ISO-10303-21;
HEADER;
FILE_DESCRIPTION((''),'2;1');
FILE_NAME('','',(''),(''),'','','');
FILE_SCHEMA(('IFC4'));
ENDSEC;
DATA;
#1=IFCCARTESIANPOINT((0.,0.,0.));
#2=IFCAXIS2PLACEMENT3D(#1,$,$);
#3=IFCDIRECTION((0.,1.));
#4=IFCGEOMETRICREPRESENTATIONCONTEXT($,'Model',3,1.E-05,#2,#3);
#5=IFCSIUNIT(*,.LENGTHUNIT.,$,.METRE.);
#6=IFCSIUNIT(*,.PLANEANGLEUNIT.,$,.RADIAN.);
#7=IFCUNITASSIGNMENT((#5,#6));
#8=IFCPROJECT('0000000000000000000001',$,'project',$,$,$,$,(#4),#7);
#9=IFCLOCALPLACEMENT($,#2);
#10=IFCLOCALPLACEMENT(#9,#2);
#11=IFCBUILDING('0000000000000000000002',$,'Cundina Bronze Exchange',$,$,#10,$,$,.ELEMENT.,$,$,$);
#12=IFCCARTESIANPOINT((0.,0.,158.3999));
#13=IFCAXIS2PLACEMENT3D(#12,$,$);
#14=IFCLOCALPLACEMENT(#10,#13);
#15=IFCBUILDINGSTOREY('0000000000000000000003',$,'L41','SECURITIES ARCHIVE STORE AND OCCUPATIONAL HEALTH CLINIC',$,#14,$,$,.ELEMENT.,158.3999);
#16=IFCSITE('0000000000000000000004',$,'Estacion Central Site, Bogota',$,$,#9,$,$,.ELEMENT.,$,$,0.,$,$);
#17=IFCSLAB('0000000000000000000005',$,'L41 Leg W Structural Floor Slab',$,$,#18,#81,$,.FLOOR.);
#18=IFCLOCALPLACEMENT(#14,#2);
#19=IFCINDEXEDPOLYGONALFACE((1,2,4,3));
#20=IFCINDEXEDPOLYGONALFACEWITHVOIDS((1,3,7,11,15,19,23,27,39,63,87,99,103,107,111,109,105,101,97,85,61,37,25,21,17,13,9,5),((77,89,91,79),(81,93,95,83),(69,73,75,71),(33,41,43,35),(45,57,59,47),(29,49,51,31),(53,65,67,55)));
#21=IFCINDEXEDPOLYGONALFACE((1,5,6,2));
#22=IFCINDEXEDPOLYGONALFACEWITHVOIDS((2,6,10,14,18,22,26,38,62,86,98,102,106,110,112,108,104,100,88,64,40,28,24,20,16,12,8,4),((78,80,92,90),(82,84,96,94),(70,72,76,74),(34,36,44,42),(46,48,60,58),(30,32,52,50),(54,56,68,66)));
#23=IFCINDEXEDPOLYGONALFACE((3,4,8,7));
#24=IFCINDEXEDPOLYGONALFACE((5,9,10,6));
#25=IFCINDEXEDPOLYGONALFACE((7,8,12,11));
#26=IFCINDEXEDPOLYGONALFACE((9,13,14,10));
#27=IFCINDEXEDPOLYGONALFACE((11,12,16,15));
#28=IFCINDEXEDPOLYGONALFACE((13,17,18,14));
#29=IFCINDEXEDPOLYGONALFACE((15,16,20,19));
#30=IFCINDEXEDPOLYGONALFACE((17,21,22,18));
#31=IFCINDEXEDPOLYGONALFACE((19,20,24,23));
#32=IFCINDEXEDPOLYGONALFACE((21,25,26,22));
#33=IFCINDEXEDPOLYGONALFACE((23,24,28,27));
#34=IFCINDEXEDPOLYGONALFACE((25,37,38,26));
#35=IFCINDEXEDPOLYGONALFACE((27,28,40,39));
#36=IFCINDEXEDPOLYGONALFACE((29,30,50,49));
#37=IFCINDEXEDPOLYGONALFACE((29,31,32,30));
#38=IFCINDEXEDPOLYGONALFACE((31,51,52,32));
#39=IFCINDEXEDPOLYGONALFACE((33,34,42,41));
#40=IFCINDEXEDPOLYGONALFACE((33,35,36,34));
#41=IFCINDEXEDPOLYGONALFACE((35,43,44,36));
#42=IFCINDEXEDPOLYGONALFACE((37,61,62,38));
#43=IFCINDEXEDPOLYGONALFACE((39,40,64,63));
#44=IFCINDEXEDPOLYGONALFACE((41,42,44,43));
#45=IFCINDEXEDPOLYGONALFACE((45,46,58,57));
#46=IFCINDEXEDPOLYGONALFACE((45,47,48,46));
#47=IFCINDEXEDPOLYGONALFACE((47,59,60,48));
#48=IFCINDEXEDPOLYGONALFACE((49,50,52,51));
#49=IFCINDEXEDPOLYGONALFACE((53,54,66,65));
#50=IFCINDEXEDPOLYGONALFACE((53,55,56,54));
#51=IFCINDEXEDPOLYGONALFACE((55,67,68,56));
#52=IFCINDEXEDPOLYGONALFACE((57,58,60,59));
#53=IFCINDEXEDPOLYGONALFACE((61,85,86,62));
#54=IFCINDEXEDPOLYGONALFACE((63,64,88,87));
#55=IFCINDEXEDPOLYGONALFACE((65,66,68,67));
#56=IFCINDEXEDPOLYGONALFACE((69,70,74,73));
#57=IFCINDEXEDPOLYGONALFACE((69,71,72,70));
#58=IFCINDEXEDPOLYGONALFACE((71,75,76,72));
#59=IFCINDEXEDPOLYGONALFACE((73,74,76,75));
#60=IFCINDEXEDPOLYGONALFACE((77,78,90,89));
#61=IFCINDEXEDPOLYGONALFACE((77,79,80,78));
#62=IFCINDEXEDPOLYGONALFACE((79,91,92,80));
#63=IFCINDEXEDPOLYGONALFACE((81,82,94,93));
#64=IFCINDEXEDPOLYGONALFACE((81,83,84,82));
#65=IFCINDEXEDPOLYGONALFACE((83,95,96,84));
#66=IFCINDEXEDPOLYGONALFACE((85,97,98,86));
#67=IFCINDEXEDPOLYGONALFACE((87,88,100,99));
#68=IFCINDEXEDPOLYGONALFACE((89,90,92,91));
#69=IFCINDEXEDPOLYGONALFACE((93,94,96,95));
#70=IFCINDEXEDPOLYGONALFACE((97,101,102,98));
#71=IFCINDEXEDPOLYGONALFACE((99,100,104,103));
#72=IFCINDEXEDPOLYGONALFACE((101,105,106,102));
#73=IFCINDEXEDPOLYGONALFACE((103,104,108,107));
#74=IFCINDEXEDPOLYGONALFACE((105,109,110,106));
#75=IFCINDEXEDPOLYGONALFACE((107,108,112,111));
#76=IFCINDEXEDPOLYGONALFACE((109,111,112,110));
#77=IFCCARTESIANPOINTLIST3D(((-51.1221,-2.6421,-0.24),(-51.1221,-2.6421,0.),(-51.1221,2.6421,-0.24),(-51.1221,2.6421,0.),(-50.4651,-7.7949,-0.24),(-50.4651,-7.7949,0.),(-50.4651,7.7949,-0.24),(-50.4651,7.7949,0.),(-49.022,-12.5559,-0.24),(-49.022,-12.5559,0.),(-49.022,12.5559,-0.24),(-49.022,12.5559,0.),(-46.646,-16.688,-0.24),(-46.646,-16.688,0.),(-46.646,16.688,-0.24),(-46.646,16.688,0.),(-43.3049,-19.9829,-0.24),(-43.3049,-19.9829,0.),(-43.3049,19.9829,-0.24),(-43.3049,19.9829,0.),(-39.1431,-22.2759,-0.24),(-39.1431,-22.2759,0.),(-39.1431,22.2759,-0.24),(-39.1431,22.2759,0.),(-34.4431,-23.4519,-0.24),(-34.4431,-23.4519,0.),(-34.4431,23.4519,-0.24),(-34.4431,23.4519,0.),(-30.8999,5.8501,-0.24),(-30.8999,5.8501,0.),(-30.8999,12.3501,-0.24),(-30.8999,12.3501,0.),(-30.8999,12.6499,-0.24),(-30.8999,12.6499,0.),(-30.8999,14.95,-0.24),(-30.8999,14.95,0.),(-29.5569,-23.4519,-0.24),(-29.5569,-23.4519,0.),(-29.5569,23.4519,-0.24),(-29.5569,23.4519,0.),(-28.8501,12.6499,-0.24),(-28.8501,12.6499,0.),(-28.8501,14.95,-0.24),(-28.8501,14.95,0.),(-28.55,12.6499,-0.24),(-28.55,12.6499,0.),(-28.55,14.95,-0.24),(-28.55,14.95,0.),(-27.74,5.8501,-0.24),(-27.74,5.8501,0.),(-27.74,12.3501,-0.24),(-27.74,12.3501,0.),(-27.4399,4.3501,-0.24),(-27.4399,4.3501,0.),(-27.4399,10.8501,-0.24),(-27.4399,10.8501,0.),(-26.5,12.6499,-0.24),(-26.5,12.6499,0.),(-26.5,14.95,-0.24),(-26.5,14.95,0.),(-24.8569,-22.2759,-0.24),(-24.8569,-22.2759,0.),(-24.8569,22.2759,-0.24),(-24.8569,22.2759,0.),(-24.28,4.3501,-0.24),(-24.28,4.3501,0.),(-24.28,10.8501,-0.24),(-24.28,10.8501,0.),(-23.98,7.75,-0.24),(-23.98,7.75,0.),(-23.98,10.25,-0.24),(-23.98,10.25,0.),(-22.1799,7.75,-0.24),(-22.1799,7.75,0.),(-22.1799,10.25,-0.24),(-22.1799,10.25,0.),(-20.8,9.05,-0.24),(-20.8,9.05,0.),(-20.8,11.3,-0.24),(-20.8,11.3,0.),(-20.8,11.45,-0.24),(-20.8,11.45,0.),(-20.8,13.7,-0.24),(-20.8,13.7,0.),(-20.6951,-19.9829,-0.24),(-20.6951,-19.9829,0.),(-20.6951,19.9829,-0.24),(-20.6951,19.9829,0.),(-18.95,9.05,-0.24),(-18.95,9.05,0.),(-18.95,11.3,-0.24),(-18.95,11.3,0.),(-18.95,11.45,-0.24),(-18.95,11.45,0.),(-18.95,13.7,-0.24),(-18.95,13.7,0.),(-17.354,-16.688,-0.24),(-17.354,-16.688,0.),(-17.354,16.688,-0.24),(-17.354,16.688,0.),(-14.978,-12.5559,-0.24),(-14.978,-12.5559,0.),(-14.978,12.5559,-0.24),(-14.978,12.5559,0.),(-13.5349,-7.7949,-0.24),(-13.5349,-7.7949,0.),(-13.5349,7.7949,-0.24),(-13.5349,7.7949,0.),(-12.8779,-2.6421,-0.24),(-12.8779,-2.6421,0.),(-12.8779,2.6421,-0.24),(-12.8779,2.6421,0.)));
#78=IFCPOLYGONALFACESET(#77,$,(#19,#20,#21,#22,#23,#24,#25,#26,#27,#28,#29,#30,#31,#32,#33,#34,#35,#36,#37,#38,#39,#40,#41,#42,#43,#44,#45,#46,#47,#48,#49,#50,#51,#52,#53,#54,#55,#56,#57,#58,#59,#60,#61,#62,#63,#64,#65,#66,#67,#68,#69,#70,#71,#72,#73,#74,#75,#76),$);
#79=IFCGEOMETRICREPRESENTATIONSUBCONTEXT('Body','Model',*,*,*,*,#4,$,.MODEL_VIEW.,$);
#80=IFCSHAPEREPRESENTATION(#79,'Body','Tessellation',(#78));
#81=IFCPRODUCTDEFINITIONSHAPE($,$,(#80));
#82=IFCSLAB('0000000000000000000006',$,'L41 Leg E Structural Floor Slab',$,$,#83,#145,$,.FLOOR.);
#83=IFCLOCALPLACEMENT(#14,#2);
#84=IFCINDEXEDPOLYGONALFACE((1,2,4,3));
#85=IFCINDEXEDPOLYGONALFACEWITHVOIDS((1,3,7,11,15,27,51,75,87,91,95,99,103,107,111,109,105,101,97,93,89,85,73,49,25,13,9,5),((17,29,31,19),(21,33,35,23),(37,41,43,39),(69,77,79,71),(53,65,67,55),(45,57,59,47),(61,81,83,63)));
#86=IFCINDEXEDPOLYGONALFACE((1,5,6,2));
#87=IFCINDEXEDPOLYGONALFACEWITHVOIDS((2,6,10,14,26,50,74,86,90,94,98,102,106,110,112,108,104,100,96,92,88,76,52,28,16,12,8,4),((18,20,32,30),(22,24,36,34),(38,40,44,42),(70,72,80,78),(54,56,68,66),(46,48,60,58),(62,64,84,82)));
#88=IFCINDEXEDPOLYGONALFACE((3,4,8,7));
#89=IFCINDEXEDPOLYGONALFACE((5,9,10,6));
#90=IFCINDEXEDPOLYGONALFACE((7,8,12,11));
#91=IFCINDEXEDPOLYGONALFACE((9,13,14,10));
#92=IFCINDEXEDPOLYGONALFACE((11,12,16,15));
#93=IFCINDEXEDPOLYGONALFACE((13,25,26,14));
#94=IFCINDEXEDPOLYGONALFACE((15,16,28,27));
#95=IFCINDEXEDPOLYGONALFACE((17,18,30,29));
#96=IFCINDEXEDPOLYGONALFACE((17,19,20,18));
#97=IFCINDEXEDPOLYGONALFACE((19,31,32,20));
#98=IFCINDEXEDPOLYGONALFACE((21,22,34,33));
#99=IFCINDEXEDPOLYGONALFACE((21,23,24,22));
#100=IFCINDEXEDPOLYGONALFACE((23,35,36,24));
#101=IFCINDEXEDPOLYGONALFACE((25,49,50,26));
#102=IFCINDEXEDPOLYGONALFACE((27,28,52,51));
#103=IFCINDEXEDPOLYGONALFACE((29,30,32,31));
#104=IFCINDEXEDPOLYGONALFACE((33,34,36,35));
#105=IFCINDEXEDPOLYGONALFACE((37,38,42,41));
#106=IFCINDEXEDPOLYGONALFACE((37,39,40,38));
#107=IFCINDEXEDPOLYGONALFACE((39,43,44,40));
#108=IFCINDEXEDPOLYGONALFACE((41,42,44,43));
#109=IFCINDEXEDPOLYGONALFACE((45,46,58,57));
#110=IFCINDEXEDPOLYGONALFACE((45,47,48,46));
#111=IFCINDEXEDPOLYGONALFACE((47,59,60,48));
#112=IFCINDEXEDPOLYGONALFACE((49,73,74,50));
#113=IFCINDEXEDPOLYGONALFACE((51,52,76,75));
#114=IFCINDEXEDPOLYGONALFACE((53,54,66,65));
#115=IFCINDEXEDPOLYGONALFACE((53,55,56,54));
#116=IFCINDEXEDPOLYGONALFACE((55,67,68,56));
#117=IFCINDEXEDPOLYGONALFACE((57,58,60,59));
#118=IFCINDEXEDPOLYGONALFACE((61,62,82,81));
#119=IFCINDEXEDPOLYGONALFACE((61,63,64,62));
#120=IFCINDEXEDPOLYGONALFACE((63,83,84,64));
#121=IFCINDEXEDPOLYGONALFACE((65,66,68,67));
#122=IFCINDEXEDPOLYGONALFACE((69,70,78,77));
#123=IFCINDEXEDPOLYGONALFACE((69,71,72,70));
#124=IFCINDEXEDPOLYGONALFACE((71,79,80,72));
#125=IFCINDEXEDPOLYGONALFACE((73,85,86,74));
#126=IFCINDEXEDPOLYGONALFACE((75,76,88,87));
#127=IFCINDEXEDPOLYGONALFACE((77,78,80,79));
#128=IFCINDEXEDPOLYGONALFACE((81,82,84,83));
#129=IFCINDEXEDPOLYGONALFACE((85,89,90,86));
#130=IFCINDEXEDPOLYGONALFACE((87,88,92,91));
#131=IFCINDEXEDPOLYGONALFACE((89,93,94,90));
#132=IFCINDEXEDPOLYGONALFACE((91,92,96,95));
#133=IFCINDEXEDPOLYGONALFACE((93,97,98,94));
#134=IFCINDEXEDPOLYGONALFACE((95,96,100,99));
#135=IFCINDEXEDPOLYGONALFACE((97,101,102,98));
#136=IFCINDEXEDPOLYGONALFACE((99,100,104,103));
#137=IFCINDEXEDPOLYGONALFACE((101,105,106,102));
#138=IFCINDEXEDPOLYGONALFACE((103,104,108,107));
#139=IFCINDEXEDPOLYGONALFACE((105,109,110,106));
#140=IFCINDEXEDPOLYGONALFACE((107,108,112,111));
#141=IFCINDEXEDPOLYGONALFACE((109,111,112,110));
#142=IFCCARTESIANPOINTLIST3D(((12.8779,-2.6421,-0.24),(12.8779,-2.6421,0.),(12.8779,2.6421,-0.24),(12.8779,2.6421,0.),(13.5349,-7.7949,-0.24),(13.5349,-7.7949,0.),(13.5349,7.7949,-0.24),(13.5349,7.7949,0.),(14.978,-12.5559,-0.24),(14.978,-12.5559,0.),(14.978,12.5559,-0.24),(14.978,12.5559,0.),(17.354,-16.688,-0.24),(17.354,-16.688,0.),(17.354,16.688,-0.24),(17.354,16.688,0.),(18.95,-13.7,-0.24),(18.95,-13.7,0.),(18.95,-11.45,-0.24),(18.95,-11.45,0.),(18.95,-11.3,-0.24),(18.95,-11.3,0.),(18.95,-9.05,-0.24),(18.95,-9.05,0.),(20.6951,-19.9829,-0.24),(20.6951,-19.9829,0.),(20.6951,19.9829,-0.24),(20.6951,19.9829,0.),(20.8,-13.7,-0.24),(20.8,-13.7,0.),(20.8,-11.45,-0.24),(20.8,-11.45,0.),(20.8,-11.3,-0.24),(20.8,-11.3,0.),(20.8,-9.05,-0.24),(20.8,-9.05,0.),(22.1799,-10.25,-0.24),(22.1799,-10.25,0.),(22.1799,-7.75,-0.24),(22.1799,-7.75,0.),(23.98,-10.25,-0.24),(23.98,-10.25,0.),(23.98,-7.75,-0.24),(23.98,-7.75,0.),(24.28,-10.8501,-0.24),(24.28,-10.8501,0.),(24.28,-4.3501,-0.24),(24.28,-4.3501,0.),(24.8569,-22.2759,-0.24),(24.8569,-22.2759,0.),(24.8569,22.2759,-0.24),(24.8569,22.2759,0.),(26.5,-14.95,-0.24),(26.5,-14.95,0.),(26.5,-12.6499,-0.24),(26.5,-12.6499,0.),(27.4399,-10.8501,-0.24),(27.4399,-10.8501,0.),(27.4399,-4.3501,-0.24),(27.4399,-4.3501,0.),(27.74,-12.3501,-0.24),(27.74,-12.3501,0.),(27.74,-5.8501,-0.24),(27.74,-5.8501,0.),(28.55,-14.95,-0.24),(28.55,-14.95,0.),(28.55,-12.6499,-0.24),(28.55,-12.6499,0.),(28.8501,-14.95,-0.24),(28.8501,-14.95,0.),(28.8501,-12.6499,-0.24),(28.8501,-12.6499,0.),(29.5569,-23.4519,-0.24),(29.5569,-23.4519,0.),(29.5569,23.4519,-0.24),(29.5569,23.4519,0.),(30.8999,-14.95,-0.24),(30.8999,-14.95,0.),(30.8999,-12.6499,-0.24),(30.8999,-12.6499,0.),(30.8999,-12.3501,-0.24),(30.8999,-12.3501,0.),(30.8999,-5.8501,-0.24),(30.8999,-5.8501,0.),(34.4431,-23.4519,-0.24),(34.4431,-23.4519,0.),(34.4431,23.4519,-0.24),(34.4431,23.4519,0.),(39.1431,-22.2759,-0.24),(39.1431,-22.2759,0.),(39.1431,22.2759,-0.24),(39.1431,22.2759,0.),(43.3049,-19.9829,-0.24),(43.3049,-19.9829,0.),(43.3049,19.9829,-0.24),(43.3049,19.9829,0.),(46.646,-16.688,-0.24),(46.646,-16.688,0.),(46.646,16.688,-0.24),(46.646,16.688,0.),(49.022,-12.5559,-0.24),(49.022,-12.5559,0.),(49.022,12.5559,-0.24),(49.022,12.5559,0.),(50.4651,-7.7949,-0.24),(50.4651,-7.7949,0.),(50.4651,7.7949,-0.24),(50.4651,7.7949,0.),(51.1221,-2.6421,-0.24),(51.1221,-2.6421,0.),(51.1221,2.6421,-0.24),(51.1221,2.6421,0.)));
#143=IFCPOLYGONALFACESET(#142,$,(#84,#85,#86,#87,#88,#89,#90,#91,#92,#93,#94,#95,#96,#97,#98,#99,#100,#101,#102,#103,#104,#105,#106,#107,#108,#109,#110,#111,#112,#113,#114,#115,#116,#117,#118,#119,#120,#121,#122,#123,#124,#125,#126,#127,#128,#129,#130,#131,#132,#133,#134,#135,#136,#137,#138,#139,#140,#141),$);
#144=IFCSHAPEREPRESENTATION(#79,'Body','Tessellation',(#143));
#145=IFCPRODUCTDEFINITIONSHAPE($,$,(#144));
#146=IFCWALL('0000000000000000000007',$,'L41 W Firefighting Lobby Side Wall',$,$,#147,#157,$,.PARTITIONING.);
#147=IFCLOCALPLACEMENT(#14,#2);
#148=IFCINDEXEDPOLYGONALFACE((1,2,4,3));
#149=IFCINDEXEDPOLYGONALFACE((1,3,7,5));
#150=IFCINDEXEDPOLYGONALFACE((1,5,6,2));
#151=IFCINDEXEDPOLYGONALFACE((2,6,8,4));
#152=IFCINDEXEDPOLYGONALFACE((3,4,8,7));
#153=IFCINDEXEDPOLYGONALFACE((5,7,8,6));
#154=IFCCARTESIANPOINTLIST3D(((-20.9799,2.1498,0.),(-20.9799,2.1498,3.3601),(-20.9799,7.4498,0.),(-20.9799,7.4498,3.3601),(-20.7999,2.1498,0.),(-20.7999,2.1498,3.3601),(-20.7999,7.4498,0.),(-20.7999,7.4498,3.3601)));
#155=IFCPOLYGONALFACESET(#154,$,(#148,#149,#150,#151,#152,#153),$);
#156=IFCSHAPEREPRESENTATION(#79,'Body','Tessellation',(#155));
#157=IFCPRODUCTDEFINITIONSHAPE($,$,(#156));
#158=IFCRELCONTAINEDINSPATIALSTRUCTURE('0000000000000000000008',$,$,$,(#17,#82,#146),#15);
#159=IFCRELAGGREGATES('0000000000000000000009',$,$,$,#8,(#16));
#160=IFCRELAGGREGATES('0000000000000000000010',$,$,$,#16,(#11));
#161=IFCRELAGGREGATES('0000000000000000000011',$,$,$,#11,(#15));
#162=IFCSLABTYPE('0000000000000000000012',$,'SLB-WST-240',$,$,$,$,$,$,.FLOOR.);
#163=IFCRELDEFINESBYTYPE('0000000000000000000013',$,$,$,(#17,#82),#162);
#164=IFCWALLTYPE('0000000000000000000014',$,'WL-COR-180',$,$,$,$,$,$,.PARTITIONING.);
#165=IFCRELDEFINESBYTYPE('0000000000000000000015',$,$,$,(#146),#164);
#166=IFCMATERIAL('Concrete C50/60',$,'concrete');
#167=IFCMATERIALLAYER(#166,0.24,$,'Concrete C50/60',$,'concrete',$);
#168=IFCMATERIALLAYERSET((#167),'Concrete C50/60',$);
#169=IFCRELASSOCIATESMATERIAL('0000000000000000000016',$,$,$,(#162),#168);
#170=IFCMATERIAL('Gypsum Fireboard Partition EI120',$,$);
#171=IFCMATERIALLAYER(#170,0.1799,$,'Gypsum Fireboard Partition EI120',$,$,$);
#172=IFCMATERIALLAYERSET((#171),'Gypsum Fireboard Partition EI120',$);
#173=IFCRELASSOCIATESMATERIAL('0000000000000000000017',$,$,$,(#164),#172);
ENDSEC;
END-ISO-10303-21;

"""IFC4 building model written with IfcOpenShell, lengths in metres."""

from ifc_helpers import new_model, si_unit, direction, frame, frame_2d, origin, place, context, subcontext, project, spatial, polyline, rectangle, outline, extrude, material, layer, layer_set, type_object, element, save


model = new_model("IFC4")

# Units and contexts
model_context = context("Model", 3, precision=1e-05, world=origin(), true_north=direction((0.0, 1.0)))
body_context = subcontext(model_context, "Body", "Model", "MODEL_VIEW")
ifc_project = project(units=[si_unit("LENGTHUNIT", "METRE"), si_unit("PLANEANGLEUNIT", "RADIAN")], contexts=[model_context])

# Site, building, storey
site_placement = place(None, origin())
site = spatial("IfcSite", under=ifc_project, at=site_placement, Name="Estacion Central Site, Bogota", CompositionType="ELEMENT", RefElevation=0.0)
building_placement = place(site_placement, origin())
building = spatial("IfcBuilding", under=site, at=building_placement, Name="Cundina Bronze Exchange", CompositionType="ELEMENT")
storey_placement = place(building_placement, frame((0.0, 0.0, 158.3999)))
storey = spatial("IfcBuildingStorey", under=building, at=storey_placement, Name="L41", Description="SECURITIES ARCHIVE STORE AND OCCUPATIONAL HEALTH CLINIC", CompositionType="ELEMENT", Elevation=158.3999)

# Shared definitions
ifc_material_1 = material(Name="Concrete C50/60", Category="concrete")

# Slabs
ifc_layer_1 = layer(ifc_material_1, 0.24, Name="Concrete C50/60", Category="concrete")
ifc_layer_set_1 = layer_set([ifc_layer_1], Name="Concrete C50/60")
slab_type = type_object("IfcSlabType", Name="SLB-WST-240", PredefinedType="FLOOR", material=ifc_layer_set_1)
slab_1_placement = place(storey_placement, frame((0.0, 0.0, -0.24)))
element("IfcSlab", 1, at=slab_1_placement, inside=storey, type_object=slab_type, Name="L41 Leg W Structural Floor Slab", PredefinedType="FLOOR", context=body_context, shape_type="SweptSolid", body=[
    extrude(outline(polyline([(-12.8779, 2.6421), (-13.5349, 7.7949), (-14.978, 12.5559), (-17.354, 16.688), (-20.6951, 19.9829), (-24.8569, 22.2759), (-29.5569, 23.4519), (-34.4431, 23.4519), (-39.1431, 22.2759), (-43.3049, 19.9829), (-46.646, 16.688), (-49.022, 12.5559), (-50.4651, 7.7949), (-51.1221, 2.6421), (-51.1221, -2.6421), (-50.4651, -7.7949), (-49.022, -12.5559), (-46.646, -16.688), (-43.3049, -19.9829), (-39.1431, -22.2759), (-34.4431, -23.4519), (-29.5569, -23.4519), (-24.8569, -22.2759), (-20.6951, -19.9829), (-17.354, -16.688), (-14.978, -12.5559), (-13.5349, -7.7949), (-12.8779, -2.6421), (-12.8779, 2.6421)]), holes=[polyline([(-27.74, 5.8501), (-27.74, 12.3501), (-30.8999, 12.3501), (-30.8999, 5.8501), (-27.74, 5.8501)]), polyline([(-27.4399, 10.8501), (-27.4399, 4.3501), (-24.28, 4.3501), (-24.28, 10.8501), (-27.4399, 10.8501)]), polyline([(-23.98, 10.25), (-22.1799, 10.25), (-22.1799, 7.75), (-23.98, 7.75), (-23.98, 10.25)]), polyline([(-30.8999, 14.95), (-28.8501, 14.95), (-28.8501, 12.6499), (-30.8999, 12.6499), (-30.8999, 14.95)]), polyline([(-28.55, 14.95), (-26.5, 14.95), (-26.5, 12.6499), (-28.55, 12.6499), (-28.55, 14.95)]), polyline([(-20.8, 13.7), (-18.95, 13.7), (-18.95, 11.45), (-20.8, 11.45), (-20.8, 13.7)]), polyline([(-20.8, 11.3), (-18.95, 11.3), (-18.95, 9.05), (-20.8, 9.05), (-20.8, 11.3)])]), origin(), (0.0, 0.0, 1.0), 0.24),
])
slab_2_placement = place(storey_placement, frame((0.0, 0.0, -0.24)))
element("IfcSlab", 2, at=slab_2_placement, inside=storey, type_object=slab_type, Name="L41 Leg E Structural Floor Slab", PredefinedType="FLOOR", context=body_context, shape_type="SweptSolid", body=[
    extrude(outline(polyline([(51.1221, 2.6421), (50.4651, 7.7949), (49.022, 12.5559), (46.646, 16.688), (43.3049, 19.9829), (39.1431, 22.2759), (34.4431, 23.4519), (29.5569, 23.4519), (24.8569, 22.2759), (20.6951, 19.9829), (17.354, 16.688), (14.978, 12.5559), (13.5349, 7.7949), (12.8779, 2.6421), (12.8779, -2.6421), (13.5349, -7.7949), (14.978, -12.5559), (17.354, -16.688), (20.6951, -19.9829), (24.8569, -22.2759), (29.5569, -23.4519), (34.4431, -23.4519), (39.1431, -22.2759), (43.3049, -19.9829), (46.646, -16.688), (49.022, -12.5559), (50.4651, -7.7949), (51.1221, -2.6421), (51.1221, 2.6421)]), holes=[polyline([(27.74, -5.8501), (27.74, -12.3501), (30.8999, -12.3501), (30.8999, -5.8501), (27.74, -5.8501)]), polyline([(27.4399, -10.8501), (27.4399, -4.3501), (24.28, -4.3501), (24.28, -10.8501), (27.4399, -10.8501)]), polyline([(22.1799, -7.75), (23.98, -7.75), (23.98, -10.25), (22.1799, -10.25), (22.1799, -7.75)]), polyline([(28.8501, -12.6499), (30.8999, -12.6499), (30.8999, -14.95), (28.8501, -14.95), (28.8501, -12.6499)]), polyline([(26.5, -12.6499), (28.55, -12.6499), (28.55, -14.95), (26.5, -14.95), (26.5, -12.6499)]), polyline([(18.95, -11.45), (20.8, -11.45), (20.8, -13.7), (18.95, -13.7), (18.95, -11.45)]), polyline([(18.95, -9.05), (20.8, -9.05), (20.8, -11.3), (18.95, -11.3), (18.95, -9.05)])]), origin(), (0.0, 0.0, 1.0), 0.24),
])

# Wall
ifc_material_2 = material(Name="Gypsum Fireboard Partition EI120")
ifc_layer_2 = layer(ifc_material_2, 0.1799, Name="Gypsum Fireboard Partition EI120")
ifc_layer_set_2 = layer_set([ifc_layer_2], Name="Gypsum Fireboard Partition EI120")
wall_type_1 = type_object("IfcWallType", Name="WL-COR-180", PredefinedType="PARTITIONING", material=ifc_layer_set_2)
wall_1_placement = place(storey_placement, frame((-20.8899, 2.1499, 0.0), z_axis=(0.0, 0.0, 1.0), x_axis=(0.0, 1.0, 0.0)))
element("IfcWall", 3, at=wall_1_placement, inside=storey, type_object=wall_type_1, Name="L41 W Firefighting Lobby Side Wall", PredefinedType="PARTITIONING", context=body_context, shape_type="SweptSolid", body=[
    extrude(rectangle(XDim=5.3, YDim=0.1799, at=frame_2d((2.6499, 0.0))), origin(), (0.0, 0.0, 1.0), 3.3601),
])

save(model, "model.ifc")
